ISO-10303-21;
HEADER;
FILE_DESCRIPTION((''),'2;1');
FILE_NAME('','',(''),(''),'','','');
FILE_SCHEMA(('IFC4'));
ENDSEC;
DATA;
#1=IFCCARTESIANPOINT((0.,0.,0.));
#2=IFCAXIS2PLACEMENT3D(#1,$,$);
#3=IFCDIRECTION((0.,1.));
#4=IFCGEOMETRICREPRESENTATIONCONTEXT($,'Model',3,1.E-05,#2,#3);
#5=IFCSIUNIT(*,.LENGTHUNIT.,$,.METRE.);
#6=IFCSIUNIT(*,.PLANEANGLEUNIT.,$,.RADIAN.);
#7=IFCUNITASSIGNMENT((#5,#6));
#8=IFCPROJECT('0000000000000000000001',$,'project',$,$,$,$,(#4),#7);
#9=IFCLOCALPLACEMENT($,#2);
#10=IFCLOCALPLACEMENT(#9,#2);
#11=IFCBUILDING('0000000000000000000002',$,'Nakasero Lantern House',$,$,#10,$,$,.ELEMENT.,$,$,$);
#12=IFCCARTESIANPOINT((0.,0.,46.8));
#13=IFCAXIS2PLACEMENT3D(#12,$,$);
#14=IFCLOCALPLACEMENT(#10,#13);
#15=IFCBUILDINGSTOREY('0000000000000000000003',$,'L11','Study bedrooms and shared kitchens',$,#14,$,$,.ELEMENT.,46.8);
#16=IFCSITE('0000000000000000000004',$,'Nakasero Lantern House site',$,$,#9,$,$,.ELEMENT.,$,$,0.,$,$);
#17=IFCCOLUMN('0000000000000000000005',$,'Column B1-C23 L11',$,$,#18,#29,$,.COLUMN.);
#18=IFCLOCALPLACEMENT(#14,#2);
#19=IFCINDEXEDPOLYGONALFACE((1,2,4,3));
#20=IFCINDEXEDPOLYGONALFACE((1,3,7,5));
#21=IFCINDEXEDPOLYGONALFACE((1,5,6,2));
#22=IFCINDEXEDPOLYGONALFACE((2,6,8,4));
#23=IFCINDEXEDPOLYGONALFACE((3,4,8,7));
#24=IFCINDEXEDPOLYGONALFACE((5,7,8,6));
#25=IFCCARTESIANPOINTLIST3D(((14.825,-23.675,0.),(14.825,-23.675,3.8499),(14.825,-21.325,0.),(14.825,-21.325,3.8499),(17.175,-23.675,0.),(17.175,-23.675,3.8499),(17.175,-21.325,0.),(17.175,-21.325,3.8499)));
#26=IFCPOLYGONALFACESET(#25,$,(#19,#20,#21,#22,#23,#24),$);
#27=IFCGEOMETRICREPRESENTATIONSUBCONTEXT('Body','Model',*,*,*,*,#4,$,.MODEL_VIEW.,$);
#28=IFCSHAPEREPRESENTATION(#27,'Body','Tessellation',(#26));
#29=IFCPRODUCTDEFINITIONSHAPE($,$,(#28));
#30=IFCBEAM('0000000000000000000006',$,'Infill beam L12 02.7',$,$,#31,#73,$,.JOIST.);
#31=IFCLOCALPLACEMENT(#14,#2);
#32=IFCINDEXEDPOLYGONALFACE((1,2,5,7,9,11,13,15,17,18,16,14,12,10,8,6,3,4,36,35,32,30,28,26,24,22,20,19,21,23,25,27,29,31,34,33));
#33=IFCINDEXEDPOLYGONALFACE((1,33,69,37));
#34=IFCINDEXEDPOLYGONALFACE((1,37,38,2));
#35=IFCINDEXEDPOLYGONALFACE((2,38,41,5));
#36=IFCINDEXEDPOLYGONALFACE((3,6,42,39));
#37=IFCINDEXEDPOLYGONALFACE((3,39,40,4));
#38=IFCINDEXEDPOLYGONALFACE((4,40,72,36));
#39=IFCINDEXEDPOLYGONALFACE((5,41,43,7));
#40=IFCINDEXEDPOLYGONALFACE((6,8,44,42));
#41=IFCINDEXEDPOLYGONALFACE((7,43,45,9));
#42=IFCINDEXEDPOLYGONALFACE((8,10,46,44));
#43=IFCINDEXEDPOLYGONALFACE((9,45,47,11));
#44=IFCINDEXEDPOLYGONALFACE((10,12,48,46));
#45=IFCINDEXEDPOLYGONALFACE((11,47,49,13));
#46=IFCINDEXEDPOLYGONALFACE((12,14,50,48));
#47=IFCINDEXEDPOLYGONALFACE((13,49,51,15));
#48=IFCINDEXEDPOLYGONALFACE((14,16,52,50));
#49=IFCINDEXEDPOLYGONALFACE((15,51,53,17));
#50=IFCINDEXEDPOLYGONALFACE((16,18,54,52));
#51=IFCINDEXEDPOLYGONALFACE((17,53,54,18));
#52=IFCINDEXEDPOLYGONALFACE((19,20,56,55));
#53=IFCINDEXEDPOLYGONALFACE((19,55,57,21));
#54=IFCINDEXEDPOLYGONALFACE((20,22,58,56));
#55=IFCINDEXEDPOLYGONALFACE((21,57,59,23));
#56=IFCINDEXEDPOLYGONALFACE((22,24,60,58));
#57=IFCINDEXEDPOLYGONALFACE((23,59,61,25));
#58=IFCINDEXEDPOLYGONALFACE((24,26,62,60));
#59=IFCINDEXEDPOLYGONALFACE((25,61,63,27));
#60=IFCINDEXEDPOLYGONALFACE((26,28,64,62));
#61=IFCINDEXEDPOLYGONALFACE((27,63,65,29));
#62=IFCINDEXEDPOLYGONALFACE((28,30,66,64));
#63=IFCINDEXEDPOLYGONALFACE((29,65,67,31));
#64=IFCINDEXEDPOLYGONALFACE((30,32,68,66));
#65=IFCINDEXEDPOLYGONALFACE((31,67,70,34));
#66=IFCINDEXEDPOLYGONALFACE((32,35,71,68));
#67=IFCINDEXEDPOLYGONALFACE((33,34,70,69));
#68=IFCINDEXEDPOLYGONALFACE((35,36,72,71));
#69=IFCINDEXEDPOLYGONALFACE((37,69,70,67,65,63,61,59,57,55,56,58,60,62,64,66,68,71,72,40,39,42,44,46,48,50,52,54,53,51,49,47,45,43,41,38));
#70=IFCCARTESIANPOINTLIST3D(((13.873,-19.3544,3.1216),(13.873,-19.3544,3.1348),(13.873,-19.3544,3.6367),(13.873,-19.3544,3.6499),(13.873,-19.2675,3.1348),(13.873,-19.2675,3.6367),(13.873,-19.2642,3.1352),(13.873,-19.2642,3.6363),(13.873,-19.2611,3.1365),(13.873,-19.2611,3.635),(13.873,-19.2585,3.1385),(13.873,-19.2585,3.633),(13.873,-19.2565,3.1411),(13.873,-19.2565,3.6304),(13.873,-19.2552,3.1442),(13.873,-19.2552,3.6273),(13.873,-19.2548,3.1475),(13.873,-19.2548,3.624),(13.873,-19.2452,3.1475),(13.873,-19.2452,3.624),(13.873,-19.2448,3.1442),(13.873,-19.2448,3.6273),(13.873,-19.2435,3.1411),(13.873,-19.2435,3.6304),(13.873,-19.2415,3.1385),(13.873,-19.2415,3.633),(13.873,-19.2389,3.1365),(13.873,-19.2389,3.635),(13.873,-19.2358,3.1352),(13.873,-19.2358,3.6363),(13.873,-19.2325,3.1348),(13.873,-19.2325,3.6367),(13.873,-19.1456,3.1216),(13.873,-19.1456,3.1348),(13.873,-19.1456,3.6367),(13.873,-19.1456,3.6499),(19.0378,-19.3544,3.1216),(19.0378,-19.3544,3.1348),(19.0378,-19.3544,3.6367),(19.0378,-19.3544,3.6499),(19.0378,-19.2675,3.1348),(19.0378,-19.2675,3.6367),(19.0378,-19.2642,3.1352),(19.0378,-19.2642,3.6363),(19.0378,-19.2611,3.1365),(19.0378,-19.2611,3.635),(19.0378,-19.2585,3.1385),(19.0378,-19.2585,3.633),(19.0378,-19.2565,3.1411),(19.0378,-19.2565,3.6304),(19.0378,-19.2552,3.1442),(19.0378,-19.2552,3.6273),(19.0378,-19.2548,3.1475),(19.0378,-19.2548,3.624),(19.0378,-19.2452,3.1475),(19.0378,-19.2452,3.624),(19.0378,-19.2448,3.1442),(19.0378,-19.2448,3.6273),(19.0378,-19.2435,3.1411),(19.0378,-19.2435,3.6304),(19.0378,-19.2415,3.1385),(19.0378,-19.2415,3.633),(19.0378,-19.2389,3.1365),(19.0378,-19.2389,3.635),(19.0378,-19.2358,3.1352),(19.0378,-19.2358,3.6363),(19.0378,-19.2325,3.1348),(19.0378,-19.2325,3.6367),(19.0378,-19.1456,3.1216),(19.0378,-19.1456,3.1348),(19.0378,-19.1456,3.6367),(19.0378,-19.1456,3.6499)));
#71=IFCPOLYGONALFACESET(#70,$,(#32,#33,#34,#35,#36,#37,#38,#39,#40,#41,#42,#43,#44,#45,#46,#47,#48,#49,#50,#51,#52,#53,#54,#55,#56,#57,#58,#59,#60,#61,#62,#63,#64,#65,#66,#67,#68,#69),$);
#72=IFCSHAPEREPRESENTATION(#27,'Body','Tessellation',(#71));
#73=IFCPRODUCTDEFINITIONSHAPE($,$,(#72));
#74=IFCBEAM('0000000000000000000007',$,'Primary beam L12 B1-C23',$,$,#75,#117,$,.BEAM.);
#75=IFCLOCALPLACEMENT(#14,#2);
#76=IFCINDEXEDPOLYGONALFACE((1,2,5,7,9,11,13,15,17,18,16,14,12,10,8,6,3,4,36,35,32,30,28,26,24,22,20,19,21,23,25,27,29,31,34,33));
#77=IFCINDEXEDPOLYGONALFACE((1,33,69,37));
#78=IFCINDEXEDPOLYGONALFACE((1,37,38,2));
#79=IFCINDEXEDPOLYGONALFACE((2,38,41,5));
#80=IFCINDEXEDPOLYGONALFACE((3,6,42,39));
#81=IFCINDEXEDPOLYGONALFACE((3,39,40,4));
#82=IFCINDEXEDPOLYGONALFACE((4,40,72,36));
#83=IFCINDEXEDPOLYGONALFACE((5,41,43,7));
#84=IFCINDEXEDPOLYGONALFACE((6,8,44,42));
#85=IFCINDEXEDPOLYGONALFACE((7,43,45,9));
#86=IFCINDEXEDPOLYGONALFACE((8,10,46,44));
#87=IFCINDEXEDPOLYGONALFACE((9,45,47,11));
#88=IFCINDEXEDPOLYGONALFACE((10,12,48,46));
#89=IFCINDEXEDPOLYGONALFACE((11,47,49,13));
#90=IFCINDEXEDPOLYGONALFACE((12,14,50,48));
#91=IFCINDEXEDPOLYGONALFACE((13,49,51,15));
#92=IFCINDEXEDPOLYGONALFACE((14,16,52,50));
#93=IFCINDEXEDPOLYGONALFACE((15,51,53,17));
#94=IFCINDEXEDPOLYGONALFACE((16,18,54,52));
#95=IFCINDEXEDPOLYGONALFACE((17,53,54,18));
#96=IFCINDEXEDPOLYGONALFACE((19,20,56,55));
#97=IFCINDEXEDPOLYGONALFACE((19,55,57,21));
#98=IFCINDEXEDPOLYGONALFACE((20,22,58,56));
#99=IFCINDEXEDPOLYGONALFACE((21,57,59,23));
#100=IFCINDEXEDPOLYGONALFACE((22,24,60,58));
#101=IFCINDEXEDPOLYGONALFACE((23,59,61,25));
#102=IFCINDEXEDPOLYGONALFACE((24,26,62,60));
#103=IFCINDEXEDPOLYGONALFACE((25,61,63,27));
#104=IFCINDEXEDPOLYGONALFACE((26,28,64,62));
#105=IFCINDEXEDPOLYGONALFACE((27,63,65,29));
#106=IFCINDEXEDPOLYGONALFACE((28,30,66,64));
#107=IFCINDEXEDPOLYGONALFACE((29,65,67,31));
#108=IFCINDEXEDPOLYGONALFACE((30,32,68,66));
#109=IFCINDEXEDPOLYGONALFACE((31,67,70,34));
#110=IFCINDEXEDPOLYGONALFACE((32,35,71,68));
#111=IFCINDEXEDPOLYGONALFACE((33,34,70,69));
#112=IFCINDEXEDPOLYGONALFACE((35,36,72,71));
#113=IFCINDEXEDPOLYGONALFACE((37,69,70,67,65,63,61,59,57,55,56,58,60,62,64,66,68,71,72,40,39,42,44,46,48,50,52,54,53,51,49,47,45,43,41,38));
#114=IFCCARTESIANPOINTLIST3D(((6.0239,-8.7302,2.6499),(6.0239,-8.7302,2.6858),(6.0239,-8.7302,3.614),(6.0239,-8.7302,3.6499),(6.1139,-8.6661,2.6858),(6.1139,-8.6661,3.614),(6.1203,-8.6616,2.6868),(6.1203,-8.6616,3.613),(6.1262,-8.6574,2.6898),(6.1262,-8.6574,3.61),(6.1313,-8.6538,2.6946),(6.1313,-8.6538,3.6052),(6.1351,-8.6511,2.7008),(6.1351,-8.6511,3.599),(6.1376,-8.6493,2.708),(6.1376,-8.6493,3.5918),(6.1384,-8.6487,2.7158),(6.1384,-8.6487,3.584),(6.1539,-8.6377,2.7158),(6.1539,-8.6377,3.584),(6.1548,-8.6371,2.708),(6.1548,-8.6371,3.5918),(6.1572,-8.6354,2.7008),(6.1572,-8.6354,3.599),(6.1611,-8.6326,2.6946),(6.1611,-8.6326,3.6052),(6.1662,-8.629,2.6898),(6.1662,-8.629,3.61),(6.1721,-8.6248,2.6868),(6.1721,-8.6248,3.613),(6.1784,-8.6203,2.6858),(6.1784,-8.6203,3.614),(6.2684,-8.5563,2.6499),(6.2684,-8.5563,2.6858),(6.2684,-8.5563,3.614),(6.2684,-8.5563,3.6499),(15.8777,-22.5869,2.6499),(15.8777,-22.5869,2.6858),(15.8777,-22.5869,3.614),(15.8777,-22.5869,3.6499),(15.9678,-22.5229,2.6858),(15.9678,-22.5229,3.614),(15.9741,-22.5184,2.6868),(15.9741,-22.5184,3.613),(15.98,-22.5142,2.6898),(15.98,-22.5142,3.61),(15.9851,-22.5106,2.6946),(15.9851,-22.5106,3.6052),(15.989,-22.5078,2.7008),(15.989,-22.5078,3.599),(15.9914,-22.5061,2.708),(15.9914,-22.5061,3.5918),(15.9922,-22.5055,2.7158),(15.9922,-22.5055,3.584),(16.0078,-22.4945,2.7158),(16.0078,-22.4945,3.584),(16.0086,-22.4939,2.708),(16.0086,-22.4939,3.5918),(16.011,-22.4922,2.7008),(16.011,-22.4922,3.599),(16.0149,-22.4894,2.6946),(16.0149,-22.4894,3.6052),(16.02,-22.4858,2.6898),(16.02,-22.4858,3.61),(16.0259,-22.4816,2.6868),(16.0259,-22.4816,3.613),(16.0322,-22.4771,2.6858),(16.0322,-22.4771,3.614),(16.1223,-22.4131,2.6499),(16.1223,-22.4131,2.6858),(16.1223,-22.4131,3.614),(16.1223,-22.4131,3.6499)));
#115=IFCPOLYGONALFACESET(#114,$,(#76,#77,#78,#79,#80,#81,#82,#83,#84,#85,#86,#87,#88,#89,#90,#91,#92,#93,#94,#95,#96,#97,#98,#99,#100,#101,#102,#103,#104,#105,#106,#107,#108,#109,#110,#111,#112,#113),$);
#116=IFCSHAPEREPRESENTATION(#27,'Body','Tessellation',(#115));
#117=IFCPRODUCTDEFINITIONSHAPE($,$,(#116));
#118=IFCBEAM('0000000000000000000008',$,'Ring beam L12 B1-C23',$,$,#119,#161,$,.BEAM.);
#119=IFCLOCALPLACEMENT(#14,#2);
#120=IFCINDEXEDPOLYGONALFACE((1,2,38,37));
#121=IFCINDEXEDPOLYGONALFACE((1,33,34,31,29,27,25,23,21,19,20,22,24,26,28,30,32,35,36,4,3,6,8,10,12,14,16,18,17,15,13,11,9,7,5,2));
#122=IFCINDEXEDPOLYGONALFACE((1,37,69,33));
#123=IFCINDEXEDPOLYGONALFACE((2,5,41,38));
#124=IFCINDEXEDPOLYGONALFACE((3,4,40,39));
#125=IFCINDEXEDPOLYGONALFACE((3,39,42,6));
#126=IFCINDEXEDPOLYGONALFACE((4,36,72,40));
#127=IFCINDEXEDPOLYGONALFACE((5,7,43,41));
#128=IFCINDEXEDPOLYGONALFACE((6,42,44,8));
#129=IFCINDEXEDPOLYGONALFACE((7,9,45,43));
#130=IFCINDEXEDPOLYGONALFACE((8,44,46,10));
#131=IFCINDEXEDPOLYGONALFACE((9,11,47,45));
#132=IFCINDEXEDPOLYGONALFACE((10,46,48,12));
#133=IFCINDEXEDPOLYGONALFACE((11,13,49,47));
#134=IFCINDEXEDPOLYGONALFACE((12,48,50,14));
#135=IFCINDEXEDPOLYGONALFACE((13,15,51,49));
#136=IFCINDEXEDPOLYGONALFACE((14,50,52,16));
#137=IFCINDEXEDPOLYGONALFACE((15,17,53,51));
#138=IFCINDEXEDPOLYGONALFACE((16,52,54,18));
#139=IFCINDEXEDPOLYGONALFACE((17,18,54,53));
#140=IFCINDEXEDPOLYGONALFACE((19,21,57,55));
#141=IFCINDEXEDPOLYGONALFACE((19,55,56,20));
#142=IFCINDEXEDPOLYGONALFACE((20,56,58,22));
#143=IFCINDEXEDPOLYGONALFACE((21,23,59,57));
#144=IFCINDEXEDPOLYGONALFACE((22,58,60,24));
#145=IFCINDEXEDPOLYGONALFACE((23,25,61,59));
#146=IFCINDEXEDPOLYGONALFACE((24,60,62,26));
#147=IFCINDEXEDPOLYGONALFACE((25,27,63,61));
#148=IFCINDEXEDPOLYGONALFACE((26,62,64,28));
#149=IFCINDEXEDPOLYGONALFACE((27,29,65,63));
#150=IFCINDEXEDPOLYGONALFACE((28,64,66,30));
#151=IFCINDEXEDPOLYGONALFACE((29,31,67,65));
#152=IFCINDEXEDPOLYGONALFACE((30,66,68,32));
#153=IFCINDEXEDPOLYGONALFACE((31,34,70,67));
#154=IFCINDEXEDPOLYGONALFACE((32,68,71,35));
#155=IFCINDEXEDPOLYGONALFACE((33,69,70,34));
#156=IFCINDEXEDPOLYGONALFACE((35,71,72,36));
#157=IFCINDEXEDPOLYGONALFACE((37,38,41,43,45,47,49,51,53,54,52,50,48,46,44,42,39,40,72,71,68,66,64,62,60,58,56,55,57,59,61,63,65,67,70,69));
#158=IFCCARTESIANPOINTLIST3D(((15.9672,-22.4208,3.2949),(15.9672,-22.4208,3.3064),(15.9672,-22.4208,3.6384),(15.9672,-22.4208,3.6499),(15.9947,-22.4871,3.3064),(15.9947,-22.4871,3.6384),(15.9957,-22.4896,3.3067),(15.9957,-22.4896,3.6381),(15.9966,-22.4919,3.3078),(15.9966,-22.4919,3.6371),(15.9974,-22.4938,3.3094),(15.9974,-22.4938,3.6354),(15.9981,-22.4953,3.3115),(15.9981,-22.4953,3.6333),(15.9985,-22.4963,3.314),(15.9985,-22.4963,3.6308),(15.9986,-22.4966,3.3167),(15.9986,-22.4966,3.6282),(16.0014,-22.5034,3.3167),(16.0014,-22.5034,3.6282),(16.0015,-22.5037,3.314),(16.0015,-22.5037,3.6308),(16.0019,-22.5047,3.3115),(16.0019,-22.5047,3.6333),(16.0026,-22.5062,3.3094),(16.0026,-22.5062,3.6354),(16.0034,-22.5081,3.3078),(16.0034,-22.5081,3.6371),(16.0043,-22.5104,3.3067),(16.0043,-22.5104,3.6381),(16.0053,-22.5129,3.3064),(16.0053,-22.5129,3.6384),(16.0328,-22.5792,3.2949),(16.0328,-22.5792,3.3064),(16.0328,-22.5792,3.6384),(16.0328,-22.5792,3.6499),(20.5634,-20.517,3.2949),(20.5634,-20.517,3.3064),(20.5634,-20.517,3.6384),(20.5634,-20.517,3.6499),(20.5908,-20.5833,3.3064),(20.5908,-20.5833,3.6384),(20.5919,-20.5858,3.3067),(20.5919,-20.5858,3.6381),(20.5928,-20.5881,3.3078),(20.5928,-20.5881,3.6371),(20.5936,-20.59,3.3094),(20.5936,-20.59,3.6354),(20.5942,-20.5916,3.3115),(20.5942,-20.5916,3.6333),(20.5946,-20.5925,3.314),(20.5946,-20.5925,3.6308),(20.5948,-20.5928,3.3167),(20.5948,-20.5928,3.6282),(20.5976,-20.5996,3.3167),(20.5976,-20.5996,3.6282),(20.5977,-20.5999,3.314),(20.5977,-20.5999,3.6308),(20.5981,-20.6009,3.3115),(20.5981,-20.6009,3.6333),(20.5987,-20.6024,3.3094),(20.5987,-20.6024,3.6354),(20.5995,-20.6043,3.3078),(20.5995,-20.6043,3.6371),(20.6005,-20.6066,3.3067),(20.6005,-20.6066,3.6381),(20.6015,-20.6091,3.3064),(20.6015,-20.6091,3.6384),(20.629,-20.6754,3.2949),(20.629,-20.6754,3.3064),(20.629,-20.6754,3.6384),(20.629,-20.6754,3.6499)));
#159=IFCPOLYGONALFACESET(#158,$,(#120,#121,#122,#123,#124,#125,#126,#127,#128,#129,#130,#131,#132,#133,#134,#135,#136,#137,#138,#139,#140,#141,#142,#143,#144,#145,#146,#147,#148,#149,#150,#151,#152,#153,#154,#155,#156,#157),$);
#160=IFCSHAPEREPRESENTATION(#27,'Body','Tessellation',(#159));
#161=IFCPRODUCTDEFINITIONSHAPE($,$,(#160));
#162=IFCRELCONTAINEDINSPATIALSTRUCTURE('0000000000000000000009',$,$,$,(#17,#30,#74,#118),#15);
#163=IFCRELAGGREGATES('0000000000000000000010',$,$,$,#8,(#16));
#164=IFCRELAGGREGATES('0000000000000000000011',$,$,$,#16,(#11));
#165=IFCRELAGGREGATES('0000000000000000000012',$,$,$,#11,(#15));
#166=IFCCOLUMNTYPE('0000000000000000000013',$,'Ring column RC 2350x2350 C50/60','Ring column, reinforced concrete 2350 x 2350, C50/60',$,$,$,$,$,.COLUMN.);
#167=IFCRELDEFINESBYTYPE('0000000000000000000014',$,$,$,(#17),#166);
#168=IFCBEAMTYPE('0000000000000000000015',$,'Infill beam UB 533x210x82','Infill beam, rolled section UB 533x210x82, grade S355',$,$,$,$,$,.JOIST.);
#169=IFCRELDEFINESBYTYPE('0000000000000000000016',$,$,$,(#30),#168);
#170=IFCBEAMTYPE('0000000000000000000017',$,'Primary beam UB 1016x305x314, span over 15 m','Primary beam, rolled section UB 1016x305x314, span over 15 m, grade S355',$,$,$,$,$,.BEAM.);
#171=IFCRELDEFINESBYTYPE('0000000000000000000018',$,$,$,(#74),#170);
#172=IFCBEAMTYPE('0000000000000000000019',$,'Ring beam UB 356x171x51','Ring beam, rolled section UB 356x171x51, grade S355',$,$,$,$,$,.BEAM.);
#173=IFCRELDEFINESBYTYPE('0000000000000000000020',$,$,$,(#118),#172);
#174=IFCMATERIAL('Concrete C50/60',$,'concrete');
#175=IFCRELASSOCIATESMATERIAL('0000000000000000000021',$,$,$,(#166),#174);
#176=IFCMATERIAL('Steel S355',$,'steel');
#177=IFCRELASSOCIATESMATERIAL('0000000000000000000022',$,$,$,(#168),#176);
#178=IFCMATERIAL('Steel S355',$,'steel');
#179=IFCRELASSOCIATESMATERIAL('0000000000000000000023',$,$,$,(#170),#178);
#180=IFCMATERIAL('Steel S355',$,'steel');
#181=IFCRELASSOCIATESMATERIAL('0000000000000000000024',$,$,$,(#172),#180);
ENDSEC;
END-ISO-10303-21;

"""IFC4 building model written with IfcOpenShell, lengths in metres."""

from ifc_helpers import new_model, si_unit, direction, frame, origin, origin_2d, place, context, subcontext, project, spatial, rectangle, i_section, extrude, material, material_profile, profile_set, type_object, element, save


model = new_model("IFC4")

# Units and contexts
model_context = context("Model", 3, precision=1e-05, world=origin(), true_north=direction((0.0, 1.0)))
body_context = subcontext(model_context, "Body", "Model", "MODEL_VIEW")
ifc_project = project(units=[si_unit("LENGTHUNIT", "METRE"), si_unit("PLANEANGLEUNIT", "RADIAN")], contexts=[model_context])

# Site, building, storey
site_placement = place(None, origin())
site = spatial("IfcSite", under=ifc_project, at=site_placement, Name="Nakasero Lantern House site", CompositionType="ELEMENT", RefElevation=0.0)
building_placement = place(site_placement, origin())
building = spatial("IfcBuilding", under=site, at=building_placement, Name="Nakasero Lantern House", CompositionType="ELEMENT")
storey_placement = place(building_placement, frame((0.0, 0.0, 46.8)))
storey = spatial("IfcBuildingStorey", under=building, at=storey_placement, Name="L11", Description="Study bedrooms and shared kitchens", CompositionType="ELEMENT", Elevation=46.8)

# Column
ifc_material_1 = material(Name="Concrete C50/60", Category="concrete")
ifc_material_profile_1 = material_profile(ifc_material_1, rectangle(XDim=2.3501, YDim=2.3501, at=origin_2d()), Name="RC 2350x2350")
ifc_profile_set_1 = profile_set([ifc_material_profile_1], Name="Concrete C50/60")
column_type = type_object("IfcColumnType", Name="Ring column RC 2350x2350 C50/60", Description="Ring column, reinforced concrete 2350 x 2350, C50/60", PredefinedType="COLUMN", material=ifc_profile_set_1)
column_placement = place(storey_placement, frame((16.0, -22.5, 0.0), z_axis=(0.0, 0.0, 1.0), x_axis=(1.0, 0.0, 0.0)))
element("IfcColumn", 1, at=column_placement, inside=storey, type_object=column_type, Name="Column B1-C23 L11", PredefinedType="COLUMN", context=body_context, shape_type="SweptSolid", body=[
    extrude(rectangle(XDim=2.3501, YDim=2.3501, at=origin_2d()), origin(), (0.0, 0.0, 1.0), 3.8499),
])

# Beams
ifc_material_2 = material(Name="Steel S355", Category="steel")
ifc_material_profile_2 = material_profile(ifc_material_2, i_section(OverallWidth=0.2087, OverallDepth=0.5283, WebThickness=0.0095, FlangeThickness=0.0132, FilletRadius=0.0127, at=origin_2d()), Name="UB 533x210x82")
ifc_profile_set_2 = profile_set([ifc_material_profile_2], Name="Steel S355")
beam_type_1 = type_object("IfcBeamType", Name="Infill beam UB 533x210x82", Description="Infill beam, rolled section UB 533x210x82, grade S355", PredefinedType="JOIST", material=ifc_profile_set_2)
beam_1_placement = place(storey_placement, frame((13.873, -19.25, 3.3857), z_axis=(1.0, 0.0, 0.0), x_axis=(0.0, 1.0, 0.0)))
element("IfcBeam", 2, at=beam_1_placement, inside=storey, type_object=beam_type_1, Name="Infill beam L12 02.7", PredefinedType="JOIST", context=body_context, shape_type="SweptSolid", body=[
    extrude(i_section(OverallWidth=0.2087, OverallDepth=0.5283, WebThickness=0.0095, FlangeThickness=0.0132, FilletRadius=0.0127, at=origin_2d()), origin(), (0.0, 0.0, 1.0), 5.1648),
])
ifc_material_3 = material(Name="Steel S355", Category="steel")
ifc_material_profile_3 = material_profile(ifc_material_3, i_section(OverallWidth=0.3, OverallDepth=1.0, WebThickness=0.019, FlangeThickness=0.0359, FilletRadius=0.03, at=origin_2d()), Name="UB 1016x305x314")
ifc_profile_set_3 = profile_set([ifc_material_profile_3], Name="Steel S355")
beam_type_2 = type_object("IfcBeamType", Name="Primary beam UB 1016x305x314, span over 15 m", Description="Primary beam, rolled section UB 1016x305x314, span over 15 m, grade S355", PredefinedType="BEAM", material=ifc_profile_set_3)
beam_2_placement = place(storey_placement, frame((16.0, -22.5, 3.1499), z_axis=(-0.579528, 0.814952, 0.0), x_axis=(-0.814952, -0.579528, 0.0)))
element("IfcBeam", 3, at=beam_2_placement, inside=storey, type_object=beam_type_2, Name="Primary beam L12 B1-C23", PredefinedType="BEAM", context=body_context, shape_type="SweptSolid", body=[
    extrude(i_section(OverallWidth=0.3, OverallDepth=1.0, WebThickness=0.019, FlangeThickness=0.0359, FilletRadius=0.03, at=origin_2d()), origin(), (0.0, 0.0, 1.0), 17.0032),
])
ifc_material_4 = material(Name="Steel S355", Category="steel")
ifc_material_profile_4 = material_profile(ifc_material_4, i_section(OverallWidth=0.1714, OverallDepth=0.355, WebThickness=0.0073, FlangeThickness=0.0115, FilletRadius=0.0103, at=origin_2d()), Name="UB 356x171x51")
ifc_profile_set_4 = profile_set([ifc_material_profile_4], Name="Steel S355")
beam_type_3 = type_object("IfcBeamType", Name="Ring beam UB 356x171x51", Description="Ring beam, rolled section UB 356x171x51, grade S355", PredefinedType="BEAM", material=ifc_profile_set_4)
beam_3_placement = place(storey_placement, frame((16.0, -22.5, 3.4724), z_axis=(0.923879, 0.382684, 0.0), x_axis=(-0.382684, 0.923879, 0.0)))
element("IfcBeam", 4, at=beam_3_placement, inside=storey, type_object=beam_type_3, Name="Ring beam L12 B1-C23", PredefinedType="BEAM", context=body_context, shape_type="SweptSolid", body=[
    extrude(i_section(OverallWidth=0.1714, OverallDepth=0.355, WebThickness=0.0073, FlangeThickness=0.0115, FilletRadius=0.0103, at=origin_2d()), origin(), (0.0, 0.0, 1.0), 4.9749),
])

save(model, "model.ifc")
